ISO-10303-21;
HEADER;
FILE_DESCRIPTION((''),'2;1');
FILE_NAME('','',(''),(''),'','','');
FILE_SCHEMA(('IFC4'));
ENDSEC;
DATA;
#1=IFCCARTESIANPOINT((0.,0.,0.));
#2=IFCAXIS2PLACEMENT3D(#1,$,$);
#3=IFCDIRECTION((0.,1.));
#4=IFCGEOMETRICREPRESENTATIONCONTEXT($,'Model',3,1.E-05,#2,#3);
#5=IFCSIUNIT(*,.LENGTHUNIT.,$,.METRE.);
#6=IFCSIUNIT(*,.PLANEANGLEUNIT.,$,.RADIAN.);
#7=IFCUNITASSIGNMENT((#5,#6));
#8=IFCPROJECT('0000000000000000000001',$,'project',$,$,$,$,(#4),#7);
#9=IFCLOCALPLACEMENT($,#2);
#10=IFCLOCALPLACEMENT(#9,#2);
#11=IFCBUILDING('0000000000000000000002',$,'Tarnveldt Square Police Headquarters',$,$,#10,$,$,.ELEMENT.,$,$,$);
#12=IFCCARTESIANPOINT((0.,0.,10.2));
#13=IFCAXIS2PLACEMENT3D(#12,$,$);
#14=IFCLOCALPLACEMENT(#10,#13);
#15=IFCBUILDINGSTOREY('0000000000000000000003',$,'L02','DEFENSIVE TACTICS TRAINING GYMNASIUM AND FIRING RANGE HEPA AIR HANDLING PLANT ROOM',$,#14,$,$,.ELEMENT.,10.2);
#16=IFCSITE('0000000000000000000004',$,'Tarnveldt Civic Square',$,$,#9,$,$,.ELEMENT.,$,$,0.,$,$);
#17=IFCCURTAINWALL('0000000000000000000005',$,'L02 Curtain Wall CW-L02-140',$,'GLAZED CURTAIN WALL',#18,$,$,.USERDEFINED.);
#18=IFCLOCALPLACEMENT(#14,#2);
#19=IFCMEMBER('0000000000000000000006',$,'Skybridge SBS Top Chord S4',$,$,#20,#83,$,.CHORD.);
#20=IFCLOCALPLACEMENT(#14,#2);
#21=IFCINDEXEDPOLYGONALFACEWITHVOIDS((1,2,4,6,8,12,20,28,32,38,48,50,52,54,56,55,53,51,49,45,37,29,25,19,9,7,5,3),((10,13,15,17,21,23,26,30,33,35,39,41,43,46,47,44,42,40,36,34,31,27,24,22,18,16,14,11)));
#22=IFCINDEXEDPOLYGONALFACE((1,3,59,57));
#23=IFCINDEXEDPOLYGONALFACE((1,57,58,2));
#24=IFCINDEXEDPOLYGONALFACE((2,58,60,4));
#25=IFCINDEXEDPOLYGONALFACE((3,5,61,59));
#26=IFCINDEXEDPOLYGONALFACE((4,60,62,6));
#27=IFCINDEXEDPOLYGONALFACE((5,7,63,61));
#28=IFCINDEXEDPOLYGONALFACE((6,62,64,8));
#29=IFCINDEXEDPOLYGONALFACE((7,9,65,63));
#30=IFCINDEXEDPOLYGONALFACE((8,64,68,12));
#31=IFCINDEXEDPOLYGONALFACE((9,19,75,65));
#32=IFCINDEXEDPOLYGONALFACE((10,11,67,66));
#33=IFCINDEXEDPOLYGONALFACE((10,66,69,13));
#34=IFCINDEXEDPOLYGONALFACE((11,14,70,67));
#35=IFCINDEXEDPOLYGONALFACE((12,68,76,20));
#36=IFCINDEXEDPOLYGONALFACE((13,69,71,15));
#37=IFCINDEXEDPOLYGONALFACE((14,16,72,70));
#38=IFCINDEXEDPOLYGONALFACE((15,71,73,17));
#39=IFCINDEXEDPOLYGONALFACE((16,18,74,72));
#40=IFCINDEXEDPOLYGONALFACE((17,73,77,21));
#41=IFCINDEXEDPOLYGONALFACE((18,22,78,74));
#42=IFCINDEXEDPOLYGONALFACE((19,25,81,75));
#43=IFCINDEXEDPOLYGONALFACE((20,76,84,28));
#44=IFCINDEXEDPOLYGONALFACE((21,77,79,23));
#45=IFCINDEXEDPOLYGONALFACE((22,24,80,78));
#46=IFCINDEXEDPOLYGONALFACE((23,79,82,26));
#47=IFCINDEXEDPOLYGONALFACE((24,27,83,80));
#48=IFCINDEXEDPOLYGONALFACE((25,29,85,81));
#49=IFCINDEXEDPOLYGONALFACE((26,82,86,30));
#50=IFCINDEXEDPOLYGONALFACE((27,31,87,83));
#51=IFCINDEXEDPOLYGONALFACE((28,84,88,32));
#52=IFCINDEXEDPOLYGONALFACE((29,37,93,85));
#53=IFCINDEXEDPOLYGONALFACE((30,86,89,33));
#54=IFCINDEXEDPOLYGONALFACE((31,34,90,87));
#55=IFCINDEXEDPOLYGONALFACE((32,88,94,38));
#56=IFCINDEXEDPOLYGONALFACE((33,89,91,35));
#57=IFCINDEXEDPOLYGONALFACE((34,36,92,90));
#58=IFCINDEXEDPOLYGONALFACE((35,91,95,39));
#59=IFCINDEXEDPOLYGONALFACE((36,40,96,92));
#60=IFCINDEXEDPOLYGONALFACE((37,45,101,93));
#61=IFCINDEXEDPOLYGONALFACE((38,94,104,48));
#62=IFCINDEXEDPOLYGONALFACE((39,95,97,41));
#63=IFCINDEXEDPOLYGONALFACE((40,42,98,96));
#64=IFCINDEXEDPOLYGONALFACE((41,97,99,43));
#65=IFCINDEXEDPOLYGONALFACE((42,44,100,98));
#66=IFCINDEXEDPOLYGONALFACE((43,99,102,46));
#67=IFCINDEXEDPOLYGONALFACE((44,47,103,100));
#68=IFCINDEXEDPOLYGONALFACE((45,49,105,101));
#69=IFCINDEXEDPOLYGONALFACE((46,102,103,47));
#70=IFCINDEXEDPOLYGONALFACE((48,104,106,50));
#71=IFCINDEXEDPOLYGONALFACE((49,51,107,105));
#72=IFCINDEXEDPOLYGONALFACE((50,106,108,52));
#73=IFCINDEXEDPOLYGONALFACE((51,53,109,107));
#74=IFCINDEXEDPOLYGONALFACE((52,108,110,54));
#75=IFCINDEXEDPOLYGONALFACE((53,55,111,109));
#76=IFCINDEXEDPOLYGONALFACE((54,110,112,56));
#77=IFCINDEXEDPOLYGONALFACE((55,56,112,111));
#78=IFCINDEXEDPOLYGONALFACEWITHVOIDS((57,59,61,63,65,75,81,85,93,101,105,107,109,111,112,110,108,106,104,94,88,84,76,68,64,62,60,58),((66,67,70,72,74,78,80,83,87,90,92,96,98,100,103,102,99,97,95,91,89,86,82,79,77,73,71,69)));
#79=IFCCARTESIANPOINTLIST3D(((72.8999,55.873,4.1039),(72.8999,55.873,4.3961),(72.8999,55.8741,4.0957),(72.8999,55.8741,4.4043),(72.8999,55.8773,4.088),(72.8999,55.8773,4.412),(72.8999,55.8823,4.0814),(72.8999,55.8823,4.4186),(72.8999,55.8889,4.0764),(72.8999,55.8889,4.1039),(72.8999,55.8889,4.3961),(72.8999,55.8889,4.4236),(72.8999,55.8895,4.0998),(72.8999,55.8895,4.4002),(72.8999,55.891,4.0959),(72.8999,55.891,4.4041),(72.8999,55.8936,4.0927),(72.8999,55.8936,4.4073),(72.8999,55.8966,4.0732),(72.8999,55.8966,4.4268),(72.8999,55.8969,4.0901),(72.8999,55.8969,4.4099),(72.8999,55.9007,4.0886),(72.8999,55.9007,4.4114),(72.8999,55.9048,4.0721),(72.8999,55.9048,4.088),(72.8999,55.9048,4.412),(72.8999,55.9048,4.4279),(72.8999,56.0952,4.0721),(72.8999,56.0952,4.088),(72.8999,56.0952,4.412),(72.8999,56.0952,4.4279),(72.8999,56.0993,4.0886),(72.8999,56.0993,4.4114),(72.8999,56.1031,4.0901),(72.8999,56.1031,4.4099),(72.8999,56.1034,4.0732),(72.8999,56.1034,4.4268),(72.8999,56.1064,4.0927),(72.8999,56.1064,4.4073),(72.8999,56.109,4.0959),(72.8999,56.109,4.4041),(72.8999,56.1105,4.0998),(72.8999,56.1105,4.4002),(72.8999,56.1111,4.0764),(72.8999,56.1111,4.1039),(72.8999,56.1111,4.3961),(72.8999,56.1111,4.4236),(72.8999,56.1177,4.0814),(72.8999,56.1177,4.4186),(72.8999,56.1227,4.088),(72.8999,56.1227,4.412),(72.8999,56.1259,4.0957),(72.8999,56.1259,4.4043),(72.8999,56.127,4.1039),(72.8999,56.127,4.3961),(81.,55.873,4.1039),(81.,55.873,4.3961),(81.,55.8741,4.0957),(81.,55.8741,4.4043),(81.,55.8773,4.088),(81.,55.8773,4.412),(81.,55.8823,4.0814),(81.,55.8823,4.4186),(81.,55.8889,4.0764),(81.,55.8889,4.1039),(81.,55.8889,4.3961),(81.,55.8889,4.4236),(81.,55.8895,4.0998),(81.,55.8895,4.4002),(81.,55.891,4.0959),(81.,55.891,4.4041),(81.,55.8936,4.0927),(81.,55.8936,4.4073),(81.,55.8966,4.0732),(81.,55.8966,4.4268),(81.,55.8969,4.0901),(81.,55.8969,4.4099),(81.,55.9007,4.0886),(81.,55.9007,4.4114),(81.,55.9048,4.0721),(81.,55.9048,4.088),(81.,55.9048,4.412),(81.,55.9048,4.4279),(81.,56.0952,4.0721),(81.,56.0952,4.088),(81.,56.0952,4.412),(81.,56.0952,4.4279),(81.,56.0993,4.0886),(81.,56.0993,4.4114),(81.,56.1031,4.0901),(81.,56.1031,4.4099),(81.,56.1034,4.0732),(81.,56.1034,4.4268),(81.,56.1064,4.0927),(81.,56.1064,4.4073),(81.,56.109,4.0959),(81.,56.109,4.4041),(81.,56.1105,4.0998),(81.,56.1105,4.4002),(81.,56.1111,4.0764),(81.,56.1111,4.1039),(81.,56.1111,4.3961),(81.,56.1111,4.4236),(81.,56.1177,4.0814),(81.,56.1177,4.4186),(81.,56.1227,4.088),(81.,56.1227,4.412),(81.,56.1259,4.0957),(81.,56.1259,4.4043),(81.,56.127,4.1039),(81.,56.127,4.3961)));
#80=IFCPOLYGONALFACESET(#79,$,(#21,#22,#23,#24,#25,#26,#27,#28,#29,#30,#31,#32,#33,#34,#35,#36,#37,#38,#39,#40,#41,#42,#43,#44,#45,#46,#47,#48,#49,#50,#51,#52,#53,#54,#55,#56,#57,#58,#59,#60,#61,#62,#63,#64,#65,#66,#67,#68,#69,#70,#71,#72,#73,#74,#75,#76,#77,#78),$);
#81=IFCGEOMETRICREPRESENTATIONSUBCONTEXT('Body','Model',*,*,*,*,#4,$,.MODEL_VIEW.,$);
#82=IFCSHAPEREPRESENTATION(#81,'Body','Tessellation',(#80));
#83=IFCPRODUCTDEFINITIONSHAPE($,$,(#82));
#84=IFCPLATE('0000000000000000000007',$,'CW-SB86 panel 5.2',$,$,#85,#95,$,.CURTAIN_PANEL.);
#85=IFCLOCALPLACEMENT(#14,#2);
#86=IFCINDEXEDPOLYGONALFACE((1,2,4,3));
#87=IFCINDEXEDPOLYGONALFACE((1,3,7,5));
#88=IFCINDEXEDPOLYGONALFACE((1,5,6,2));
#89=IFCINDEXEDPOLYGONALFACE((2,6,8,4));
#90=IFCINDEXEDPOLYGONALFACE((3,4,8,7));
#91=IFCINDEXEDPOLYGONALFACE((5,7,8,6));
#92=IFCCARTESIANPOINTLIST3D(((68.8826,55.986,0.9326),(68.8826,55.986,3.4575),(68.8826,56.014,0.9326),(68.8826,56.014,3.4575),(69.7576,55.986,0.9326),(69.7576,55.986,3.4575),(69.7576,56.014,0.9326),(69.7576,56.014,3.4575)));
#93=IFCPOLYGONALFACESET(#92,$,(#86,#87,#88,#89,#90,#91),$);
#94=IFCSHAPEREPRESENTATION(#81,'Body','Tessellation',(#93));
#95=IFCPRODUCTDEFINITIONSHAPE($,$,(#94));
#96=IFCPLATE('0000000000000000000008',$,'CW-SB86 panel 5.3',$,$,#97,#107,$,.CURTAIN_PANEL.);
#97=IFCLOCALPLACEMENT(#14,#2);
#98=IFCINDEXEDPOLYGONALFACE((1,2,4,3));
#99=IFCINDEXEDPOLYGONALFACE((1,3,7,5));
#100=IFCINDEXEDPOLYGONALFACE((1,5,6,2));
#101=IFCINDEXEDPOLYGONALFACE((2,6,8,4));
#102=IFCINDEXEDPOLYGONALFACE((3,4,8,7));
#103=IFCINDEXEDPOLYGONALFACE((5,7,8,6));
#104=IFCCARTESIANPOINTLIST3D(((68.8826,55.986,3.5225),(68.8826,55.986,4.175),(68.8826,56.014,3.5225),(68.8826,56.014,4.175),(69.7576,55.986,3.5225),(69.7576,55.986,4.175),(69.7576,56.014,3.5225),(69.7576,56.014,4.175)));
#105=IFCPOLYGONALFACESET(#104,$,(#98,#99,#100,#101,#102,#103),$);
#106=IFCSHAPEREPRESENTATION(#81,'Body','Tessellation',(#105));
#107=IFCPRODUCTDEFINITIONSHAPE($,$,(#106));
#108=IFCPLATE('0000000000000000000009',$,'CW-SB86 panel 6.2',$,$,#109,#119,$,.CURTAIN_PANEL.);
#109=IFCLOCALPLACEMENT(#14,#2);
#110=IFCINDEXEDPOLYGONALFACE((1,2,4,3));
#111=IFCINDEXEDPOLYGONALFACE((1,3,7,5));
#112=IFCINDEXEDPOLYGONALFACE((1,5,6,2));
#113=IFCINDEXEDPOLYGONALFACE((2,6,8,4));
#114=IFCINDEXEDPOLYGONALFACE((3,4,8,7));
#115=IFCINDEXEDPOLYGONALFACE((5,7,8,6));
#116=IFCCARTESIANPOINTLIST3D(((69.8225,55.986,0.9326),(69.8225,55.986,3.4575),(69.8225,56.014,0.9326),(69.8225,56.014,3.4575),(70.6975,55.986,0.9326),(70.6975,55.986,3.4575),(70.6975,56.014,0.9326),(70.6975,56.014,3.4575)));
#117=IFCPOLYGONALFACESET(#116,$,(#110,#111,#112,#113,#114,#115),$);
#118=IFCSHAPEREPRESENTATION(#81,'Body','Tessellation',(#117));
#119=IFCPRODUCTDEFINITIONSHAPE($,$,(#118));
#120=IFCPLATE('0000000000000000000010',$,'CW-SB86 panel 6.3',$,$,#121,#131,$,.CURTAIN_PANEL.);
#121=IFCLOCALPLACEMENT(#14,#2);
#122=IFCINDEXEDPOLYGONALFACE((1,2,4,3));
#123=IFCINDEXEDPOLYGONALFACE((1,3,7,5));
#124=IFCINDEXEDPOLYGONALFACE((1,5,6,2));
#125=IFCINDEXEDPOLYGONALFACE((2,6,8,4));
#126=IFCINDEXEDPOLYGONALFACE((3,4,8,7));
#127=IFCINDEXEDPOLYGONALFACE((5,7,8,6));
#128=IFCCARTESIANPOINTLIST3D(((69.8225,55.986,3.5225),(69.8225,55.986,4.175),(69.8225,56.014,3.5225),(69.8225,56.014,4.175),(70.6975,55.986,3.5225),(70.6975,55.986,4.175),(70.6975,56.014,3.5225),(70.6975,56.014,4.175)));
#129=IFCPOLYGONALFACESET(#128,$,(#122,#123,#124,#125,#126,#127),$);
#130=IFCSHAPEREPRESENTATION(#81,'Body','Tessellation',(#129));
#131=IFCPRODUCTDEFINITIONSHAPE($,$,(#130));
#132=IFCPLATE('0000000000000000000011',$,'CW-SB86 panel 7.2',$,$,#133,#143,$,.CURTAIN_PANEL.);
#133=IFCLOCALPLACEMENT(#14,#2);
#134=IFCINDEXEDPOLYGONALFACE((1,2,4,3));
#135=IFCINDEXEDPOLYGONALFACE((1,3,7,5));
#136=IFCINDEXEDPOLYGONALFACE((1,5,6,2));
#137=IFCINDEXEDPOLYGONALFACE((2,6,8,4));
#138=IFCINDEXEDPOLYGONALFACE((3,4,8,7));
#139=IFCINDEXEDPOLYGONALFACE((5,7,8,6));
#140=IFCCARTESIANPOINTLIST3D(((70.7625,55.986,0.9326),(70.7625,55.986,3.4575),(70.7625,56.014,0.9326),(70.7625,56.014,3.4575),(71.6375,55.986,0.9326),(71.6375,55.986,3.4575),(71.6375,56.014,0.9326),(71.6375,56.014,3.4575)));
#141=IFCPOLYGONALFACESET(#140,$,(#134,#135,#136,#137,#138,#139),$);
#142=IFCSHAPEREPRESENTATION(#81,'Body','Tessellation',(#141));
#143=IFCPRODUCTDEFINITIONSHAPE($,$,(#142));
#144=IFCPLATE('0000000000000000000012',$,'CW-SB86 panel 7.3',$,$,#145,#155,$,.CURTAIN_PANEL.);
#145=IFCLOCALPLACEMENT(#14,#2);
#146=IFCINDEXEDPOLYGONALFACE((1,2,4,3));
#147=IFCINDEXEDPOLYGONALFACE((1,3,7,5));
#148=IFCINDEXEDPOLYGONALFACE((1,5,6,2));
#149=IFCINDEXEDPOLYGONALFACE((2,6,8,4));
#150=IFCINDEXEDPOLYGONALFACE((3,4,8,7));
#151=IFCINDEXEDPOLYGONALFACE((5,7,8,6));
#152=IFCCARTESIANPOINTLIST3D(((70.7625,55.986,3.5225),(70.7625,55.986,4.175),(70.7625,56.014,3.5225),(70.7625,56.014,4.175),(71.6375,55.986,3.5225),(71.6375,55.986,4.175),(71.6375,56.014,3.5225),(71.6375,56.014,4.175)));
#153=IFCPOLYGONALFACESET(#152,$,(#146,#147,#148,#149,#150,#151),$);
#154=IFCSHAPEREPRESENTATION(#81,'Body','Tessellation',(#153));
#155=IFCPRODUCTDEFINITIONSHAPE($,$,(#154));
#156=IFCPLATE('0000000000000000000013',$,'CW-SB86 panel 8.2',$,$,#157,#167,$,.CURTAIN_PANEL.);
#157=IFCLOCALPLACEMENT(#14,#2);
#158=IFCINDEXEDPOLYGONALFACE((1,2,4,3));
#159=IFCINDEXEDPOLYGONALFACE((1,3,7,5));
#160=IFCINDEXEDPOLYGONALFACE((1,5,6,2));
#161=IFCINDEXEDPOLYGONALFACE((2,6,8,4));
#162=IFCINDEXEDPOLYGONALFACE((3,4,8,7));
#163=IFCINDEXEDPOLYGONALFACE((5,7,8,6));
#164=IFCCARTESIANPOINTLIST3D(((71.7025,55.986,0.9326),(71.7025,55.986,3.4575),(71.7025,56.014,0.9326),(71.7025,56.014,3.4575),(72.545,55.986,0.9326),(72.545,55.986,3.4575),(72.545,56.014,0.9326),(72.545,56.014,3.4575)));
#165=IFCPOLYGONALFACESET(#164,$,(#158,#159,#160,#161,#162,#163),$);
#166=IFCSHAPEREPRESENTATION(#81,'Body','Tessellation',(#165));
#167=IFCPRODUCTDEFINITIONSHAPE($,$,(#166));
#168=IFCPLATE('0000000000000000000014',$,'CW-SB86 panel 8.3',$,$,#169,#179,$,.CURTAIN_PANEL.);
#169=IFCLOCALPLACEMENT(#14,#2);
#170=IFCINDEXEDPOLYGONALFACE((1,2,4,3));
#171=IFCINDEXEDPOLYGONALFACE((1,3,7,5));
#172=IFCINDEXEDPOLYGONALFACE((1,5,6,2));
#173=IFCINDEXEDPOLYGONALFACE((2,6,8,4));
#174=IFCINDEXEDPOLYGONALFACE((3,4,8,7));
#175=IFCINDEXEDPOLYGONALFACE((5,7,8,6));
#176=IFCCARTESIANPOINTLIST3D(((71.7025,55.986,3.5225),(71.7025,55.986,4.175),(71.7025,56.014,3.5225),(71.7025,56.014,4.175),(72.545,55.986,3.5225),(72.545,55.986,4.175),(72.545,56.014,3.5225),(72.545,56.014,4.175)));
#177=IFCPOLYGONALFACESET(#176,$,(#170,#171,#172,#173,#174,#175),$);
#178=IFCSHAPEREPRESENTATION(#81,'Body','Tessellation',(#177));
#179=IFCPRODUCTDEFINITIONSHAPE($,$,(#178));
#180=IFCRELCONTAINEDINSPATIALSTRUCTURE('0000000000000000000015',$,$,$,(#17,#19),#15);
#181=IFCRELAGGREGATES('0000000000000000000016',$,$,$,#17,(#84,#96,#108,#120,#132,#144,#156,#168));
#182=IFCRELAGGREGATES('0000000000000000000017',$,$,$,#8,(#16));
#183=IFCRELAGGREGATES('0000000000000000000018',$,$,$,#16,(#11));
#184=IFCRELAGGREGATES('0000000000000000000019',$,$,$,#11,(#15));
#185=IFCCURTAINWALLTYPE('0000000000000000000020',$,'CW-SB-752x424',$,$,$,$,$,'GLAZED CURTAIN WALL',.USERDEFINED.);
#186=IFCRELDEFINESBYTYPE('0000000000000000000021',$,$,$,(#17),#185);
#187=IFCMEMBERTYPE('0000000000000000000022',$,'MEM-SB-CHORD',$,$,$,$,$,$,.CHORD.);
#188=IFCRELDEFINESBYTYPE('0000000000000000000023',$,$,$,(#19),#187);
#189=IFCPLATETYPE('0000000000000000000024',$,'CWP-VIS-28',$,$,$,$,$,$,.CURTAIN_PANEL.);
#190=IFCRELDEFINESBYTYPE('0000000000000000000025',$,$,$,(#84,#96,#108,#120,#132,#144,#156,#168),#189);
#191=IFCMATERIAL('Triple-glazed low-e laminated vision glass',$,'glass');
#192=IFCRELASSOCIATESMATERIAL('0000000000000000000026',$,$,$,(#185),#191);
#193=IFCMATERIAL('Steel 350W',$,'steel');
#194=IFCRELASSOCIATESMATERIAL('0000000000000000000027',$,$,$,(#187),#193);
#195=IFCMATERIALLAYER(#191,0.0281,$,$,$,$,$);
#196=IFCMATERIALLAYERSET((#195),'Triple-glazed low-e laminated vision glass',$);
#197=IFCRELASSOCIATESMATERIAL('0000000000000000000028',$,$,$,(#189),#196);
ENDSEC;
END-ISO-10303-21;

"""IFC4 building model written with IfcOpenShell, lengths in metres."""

from ifc_helpers import new_model, si_unit, direction, frame, origin, origin_2d, place, context, subcontext, project, spatial, rectangle, hollow_rectangle, extrude, material, layer, layer_set, material_profile, profile_set, type_object, element, aggregate, save


model = new_model("IFC4")

# Units and contexts
model_context = context("Model", 3, precision=1e-05, world=origin(), true_north=direction((0.0, 1.0)))
body_context = subcontext(model_context, "Body", "Model", "MODEL_VIEW")
ifc_project = project(units=[si_unit("LENGTHUNIT", "METRE"), si_unit("PLANEANGLEUNIT", "RADIAN")], contexts=[model_context])

# Site, building, storey
site_placement = place(None, origin())
site = spatial("IfcSite", under=ifc_project, at=site_placement, Name="Tarnveldt Civic Square", CompositionType="ELEMENT", RefElevation=0.0)
building_placement = place(site_placement, origin())
building = spatial("IfcBuilding", under=site, at=building_placement, Name="Tarnveldt Square Police Headquarters", CompositionType="ELEMENT")
storey_placement = place(building_placement, frame((0.0, 0.0, 10.2)))
storey = spatial("IfcBuildingStorey", under=building, at=storey_placement, Name="L02", Description="DEFENSIVE TACTICS TRAINING GYMNASIUM AND FIRING RANGE HEPA AIR HANDLING PLANT ROOM", CompositionType="ELEMENT", Elevation=10.2)

# Shared definitions
ifc_material_1 = material(Name="Steel 350W", Category="steel")

# Curtain wall
ifc_material_2 = material(Name="Triple-glazed low-e laminated vision glass", Category="glass")
curtain_wall_type = type_object("IfcCurtainWallType", Name="CW-SB-752x424", ElementType="GLAZED CURTAIN WALL", PredefinedType="USERDEFINED", material=ifc_material_2)
curtain_wall_placement = place(storey_placement, origin())
curtain_wall = element("IfcCurtainWall", 1, at=curtain_wall_placement, inside=storey, type_object=curtain_wall_type, Name="L02 Curtain Wall CW-L02-140", ObjectType="GLAZED CURTAIN WALL", PredefinedType="USERDEFINED")

# Member
ifc_material_profile_1 = material_profile(ifc_material_1, hollow_rectangle(XDim=0.2539, YDim=0.3557, WallThickness=0.0159, InnerFilletRadius=0.0159, OuterFilletRadius=0.0317, at=origin_2d()), Name="HSS356x254x16")
ifc_profile_set_1 = profile_set([ifc_material_profile_1], Name="Steel 350W")
member_type_1 = type_object("IfcMemberType", Name="MEM-SB-CHORD", PredefinedType="CHORD", material=ifc_profile_set_1)
member_1_placement = place(storey_placement, frame((72.8999, 56.0, 4.25), z_axis=(1.0, 0.0, 0.0), x_axis=(0.0, 1.0, 0.0)))
element("IfcMember", 2, at=member_1_placement, inside=storey, type_object=member_type_1, Name="Skybridge SBS Top Chord S4", PredefinedType="CHORD", context=body_context, shape_type="SweptSolid", body=[
    extrude(hollow_rectangle(XDim=0.2539, YDim=0.3557, WallThickness=0.0159, InnerFilletRadius=0.0159, OuterFilletRadius=0.0317, at=origin_2d()), origin(), (0.0, 0.0, 1.0), 8.1001),
])

# Plates
ifc_layer = layer(ifc_material_2, 0.0281)
ifc_layer_set = layer_set([ifc_layer], Name="Triple-glazed low-e laminated vision glass")
plate_type = type_object("IfcPlateType", Name="CWP-VIS-28", PredefinedType="CURTAIN_PANEL", material=ifc_layer_set)
plate_1_placement = place(storey_placement, frame((69.3201, 56.0, 0.9326), z_axis=(0.0, 0.0, 1.0), x_axis=(1.0, 0.0, 0.0)))
plate_1 = element("IfcPlate", 3, at=plate_1_placement, type_object=plate_type, Name="CW-SB86 panel 5.2", PredefinedType="CURTAIN_PANEL", context=body_context, shape_type="SweptSolid", body=[
    extrude(rectangle(XDim=0.875, YDim=0.0281, at=origin_2d()), origin(), (0.0, 0.0, 1.0), 2.5249),
])
plate_2_placement = place(storey_placement, frame((69.3201, 56.0, 3.5225), z_axis=(0.0, 0.0, 1.0), x_axis=(1.0, 0.0, 0.0)))
plate_2 = element("IfcPlate", 4, at=plate_2_placement, type_object=plate_type, Name="CW-SB86 panel 5.3", PredefinedType="CURTAIN_PANEL", context=body_context, shape_type="SweptSolid", body=[
    extrude(rectangle(XDim=0.875, YDim=0.0281, at=origin_2d()), origin(), (0.0, 0.0, 1.0), 0.6526),
])
plate_3_placement = place(storey_placement, frame((70.26, 56.0, 0.9326), z_axis=(0.0, 0.0, 1.0), x_axis=(1.0, 0.0, 0.0)))
plate_3 = element("IfcPlate", 5, at=plate_3_placement, type_object=plate_type, Name="CW-SB86 panel 6.2", PredefinedType="CURTAIN_PANEL", context=body_context, shape_type="SweptSolid", body=[
    extrude(rectangle(XDim=0.875, YDim=0.0281, at=origin_2d()), origin(), (0.0, 0.0, 1.0), 2.5249),
])
plate_4_placement = place(storey_placement, frame((70.26, 56.0, 3.5225), z_axis=(0.0, 0.0, 1.0), x_axis=(1.0, 0.0, 0.0)))
plate_4 = element("IfcPlate", 6, at=plate_4_placement, type_object=plate_type, Name="CW-SB86 panel 6.3", PredefinedType="CURTAIN_PANEL", context=body_context, shape_type="SweptSolid", body=[
    extrude(rectangle(XDim=0.875, YDim=0.0281, at=origin_2d()), origin(), (0.0, 0.0, 1.0), 0.6526),
])
plate_5_placement = place(storey_placement, frame((71.2, 56.0, 0.9326), z_axis=(0.0, 0.0, 1.0), x_axis=(1.0, 0.0, 0.0)))
plate_5 = element("IfcPlate", 7, at=plate_5_placement, type_object=plate_type, Name="CW-SB86 panel 7.2", PredefinedType="CURTAIN_PANEL", context=body_context, shape_type="SweptSolid", body=[
    extrude(rectangle(XDim=0.875, YDim=0.0281, at=origin_2d()), origin(), (0.0, 0.0, 1.0), 2.5249),
])
plate_6_placement = place(storey_placement, frame((71.2, 56.0, 3.5225), z_axis=(0.0, 0.0, 1.0), x_axis=(1.0, 0.0, 0.0)))
plate_6 = element("IfcPlate", 8, at=plate_6_placement, type_object=plate_type, Name="CW-SB86 panel 7.3", PredefinedType="CURTAIN_PANEL", context=body_context, shape_type="SweptSolid", body=[
    extrude(rectangle(XDim=0.875, YDim=0.0281, at=origin_2d()), origin(), (0.0, 0.0, 1.0), 0.6526),
])
plate_7_placement = place(storey_placement, frame((72.1238, 56.0, 0.9326), z_axis=(0.0, 0.0, 1.0), x_axis=(1.0, 0.0, 0.0)))
plate_7 = element("IfcPlate", 9, at=plate_7_placement, type_object=plate_type, Name="CW-SB86 panel 8.2", PredefinedType="CURTAIN_PANEL", context=body_context, shape_type="SweptSolid", body=[
    extrude(rectangle(XDim=0.8425, YDim=0.0281, at=origin_2d()), origin(), (0.0, 0.0, 1.0), 2.5249),
])
plate_8_placement = place(storey_placement, frame((72.1238, 56.0, 3.5225), z_axis=(0.0, 0.0, 1.0), x_axis=(1.0, 0.0, 0.0)))
plate_8 = element("IfcPlate", 10, at=plate_8_placement, type_object=plate_type, Name="CW-SB86 panel 8.3", PredefinedType="CURTAIN_PANEL", context=body_context, shape_type="SweptSolid", body=[
    extrude(rectangle(XDim=0.8425, YDim=0.0281, at=origin_2d()), origin(), (0.0, 0.0, 1.0), 0.6526),
])
aggregate(curtain_wall, [plate_1, plate_2, plate_3, plate_4, plate_5, plate_6, plate_7, plate_8])

save(model, "model.ifc")
